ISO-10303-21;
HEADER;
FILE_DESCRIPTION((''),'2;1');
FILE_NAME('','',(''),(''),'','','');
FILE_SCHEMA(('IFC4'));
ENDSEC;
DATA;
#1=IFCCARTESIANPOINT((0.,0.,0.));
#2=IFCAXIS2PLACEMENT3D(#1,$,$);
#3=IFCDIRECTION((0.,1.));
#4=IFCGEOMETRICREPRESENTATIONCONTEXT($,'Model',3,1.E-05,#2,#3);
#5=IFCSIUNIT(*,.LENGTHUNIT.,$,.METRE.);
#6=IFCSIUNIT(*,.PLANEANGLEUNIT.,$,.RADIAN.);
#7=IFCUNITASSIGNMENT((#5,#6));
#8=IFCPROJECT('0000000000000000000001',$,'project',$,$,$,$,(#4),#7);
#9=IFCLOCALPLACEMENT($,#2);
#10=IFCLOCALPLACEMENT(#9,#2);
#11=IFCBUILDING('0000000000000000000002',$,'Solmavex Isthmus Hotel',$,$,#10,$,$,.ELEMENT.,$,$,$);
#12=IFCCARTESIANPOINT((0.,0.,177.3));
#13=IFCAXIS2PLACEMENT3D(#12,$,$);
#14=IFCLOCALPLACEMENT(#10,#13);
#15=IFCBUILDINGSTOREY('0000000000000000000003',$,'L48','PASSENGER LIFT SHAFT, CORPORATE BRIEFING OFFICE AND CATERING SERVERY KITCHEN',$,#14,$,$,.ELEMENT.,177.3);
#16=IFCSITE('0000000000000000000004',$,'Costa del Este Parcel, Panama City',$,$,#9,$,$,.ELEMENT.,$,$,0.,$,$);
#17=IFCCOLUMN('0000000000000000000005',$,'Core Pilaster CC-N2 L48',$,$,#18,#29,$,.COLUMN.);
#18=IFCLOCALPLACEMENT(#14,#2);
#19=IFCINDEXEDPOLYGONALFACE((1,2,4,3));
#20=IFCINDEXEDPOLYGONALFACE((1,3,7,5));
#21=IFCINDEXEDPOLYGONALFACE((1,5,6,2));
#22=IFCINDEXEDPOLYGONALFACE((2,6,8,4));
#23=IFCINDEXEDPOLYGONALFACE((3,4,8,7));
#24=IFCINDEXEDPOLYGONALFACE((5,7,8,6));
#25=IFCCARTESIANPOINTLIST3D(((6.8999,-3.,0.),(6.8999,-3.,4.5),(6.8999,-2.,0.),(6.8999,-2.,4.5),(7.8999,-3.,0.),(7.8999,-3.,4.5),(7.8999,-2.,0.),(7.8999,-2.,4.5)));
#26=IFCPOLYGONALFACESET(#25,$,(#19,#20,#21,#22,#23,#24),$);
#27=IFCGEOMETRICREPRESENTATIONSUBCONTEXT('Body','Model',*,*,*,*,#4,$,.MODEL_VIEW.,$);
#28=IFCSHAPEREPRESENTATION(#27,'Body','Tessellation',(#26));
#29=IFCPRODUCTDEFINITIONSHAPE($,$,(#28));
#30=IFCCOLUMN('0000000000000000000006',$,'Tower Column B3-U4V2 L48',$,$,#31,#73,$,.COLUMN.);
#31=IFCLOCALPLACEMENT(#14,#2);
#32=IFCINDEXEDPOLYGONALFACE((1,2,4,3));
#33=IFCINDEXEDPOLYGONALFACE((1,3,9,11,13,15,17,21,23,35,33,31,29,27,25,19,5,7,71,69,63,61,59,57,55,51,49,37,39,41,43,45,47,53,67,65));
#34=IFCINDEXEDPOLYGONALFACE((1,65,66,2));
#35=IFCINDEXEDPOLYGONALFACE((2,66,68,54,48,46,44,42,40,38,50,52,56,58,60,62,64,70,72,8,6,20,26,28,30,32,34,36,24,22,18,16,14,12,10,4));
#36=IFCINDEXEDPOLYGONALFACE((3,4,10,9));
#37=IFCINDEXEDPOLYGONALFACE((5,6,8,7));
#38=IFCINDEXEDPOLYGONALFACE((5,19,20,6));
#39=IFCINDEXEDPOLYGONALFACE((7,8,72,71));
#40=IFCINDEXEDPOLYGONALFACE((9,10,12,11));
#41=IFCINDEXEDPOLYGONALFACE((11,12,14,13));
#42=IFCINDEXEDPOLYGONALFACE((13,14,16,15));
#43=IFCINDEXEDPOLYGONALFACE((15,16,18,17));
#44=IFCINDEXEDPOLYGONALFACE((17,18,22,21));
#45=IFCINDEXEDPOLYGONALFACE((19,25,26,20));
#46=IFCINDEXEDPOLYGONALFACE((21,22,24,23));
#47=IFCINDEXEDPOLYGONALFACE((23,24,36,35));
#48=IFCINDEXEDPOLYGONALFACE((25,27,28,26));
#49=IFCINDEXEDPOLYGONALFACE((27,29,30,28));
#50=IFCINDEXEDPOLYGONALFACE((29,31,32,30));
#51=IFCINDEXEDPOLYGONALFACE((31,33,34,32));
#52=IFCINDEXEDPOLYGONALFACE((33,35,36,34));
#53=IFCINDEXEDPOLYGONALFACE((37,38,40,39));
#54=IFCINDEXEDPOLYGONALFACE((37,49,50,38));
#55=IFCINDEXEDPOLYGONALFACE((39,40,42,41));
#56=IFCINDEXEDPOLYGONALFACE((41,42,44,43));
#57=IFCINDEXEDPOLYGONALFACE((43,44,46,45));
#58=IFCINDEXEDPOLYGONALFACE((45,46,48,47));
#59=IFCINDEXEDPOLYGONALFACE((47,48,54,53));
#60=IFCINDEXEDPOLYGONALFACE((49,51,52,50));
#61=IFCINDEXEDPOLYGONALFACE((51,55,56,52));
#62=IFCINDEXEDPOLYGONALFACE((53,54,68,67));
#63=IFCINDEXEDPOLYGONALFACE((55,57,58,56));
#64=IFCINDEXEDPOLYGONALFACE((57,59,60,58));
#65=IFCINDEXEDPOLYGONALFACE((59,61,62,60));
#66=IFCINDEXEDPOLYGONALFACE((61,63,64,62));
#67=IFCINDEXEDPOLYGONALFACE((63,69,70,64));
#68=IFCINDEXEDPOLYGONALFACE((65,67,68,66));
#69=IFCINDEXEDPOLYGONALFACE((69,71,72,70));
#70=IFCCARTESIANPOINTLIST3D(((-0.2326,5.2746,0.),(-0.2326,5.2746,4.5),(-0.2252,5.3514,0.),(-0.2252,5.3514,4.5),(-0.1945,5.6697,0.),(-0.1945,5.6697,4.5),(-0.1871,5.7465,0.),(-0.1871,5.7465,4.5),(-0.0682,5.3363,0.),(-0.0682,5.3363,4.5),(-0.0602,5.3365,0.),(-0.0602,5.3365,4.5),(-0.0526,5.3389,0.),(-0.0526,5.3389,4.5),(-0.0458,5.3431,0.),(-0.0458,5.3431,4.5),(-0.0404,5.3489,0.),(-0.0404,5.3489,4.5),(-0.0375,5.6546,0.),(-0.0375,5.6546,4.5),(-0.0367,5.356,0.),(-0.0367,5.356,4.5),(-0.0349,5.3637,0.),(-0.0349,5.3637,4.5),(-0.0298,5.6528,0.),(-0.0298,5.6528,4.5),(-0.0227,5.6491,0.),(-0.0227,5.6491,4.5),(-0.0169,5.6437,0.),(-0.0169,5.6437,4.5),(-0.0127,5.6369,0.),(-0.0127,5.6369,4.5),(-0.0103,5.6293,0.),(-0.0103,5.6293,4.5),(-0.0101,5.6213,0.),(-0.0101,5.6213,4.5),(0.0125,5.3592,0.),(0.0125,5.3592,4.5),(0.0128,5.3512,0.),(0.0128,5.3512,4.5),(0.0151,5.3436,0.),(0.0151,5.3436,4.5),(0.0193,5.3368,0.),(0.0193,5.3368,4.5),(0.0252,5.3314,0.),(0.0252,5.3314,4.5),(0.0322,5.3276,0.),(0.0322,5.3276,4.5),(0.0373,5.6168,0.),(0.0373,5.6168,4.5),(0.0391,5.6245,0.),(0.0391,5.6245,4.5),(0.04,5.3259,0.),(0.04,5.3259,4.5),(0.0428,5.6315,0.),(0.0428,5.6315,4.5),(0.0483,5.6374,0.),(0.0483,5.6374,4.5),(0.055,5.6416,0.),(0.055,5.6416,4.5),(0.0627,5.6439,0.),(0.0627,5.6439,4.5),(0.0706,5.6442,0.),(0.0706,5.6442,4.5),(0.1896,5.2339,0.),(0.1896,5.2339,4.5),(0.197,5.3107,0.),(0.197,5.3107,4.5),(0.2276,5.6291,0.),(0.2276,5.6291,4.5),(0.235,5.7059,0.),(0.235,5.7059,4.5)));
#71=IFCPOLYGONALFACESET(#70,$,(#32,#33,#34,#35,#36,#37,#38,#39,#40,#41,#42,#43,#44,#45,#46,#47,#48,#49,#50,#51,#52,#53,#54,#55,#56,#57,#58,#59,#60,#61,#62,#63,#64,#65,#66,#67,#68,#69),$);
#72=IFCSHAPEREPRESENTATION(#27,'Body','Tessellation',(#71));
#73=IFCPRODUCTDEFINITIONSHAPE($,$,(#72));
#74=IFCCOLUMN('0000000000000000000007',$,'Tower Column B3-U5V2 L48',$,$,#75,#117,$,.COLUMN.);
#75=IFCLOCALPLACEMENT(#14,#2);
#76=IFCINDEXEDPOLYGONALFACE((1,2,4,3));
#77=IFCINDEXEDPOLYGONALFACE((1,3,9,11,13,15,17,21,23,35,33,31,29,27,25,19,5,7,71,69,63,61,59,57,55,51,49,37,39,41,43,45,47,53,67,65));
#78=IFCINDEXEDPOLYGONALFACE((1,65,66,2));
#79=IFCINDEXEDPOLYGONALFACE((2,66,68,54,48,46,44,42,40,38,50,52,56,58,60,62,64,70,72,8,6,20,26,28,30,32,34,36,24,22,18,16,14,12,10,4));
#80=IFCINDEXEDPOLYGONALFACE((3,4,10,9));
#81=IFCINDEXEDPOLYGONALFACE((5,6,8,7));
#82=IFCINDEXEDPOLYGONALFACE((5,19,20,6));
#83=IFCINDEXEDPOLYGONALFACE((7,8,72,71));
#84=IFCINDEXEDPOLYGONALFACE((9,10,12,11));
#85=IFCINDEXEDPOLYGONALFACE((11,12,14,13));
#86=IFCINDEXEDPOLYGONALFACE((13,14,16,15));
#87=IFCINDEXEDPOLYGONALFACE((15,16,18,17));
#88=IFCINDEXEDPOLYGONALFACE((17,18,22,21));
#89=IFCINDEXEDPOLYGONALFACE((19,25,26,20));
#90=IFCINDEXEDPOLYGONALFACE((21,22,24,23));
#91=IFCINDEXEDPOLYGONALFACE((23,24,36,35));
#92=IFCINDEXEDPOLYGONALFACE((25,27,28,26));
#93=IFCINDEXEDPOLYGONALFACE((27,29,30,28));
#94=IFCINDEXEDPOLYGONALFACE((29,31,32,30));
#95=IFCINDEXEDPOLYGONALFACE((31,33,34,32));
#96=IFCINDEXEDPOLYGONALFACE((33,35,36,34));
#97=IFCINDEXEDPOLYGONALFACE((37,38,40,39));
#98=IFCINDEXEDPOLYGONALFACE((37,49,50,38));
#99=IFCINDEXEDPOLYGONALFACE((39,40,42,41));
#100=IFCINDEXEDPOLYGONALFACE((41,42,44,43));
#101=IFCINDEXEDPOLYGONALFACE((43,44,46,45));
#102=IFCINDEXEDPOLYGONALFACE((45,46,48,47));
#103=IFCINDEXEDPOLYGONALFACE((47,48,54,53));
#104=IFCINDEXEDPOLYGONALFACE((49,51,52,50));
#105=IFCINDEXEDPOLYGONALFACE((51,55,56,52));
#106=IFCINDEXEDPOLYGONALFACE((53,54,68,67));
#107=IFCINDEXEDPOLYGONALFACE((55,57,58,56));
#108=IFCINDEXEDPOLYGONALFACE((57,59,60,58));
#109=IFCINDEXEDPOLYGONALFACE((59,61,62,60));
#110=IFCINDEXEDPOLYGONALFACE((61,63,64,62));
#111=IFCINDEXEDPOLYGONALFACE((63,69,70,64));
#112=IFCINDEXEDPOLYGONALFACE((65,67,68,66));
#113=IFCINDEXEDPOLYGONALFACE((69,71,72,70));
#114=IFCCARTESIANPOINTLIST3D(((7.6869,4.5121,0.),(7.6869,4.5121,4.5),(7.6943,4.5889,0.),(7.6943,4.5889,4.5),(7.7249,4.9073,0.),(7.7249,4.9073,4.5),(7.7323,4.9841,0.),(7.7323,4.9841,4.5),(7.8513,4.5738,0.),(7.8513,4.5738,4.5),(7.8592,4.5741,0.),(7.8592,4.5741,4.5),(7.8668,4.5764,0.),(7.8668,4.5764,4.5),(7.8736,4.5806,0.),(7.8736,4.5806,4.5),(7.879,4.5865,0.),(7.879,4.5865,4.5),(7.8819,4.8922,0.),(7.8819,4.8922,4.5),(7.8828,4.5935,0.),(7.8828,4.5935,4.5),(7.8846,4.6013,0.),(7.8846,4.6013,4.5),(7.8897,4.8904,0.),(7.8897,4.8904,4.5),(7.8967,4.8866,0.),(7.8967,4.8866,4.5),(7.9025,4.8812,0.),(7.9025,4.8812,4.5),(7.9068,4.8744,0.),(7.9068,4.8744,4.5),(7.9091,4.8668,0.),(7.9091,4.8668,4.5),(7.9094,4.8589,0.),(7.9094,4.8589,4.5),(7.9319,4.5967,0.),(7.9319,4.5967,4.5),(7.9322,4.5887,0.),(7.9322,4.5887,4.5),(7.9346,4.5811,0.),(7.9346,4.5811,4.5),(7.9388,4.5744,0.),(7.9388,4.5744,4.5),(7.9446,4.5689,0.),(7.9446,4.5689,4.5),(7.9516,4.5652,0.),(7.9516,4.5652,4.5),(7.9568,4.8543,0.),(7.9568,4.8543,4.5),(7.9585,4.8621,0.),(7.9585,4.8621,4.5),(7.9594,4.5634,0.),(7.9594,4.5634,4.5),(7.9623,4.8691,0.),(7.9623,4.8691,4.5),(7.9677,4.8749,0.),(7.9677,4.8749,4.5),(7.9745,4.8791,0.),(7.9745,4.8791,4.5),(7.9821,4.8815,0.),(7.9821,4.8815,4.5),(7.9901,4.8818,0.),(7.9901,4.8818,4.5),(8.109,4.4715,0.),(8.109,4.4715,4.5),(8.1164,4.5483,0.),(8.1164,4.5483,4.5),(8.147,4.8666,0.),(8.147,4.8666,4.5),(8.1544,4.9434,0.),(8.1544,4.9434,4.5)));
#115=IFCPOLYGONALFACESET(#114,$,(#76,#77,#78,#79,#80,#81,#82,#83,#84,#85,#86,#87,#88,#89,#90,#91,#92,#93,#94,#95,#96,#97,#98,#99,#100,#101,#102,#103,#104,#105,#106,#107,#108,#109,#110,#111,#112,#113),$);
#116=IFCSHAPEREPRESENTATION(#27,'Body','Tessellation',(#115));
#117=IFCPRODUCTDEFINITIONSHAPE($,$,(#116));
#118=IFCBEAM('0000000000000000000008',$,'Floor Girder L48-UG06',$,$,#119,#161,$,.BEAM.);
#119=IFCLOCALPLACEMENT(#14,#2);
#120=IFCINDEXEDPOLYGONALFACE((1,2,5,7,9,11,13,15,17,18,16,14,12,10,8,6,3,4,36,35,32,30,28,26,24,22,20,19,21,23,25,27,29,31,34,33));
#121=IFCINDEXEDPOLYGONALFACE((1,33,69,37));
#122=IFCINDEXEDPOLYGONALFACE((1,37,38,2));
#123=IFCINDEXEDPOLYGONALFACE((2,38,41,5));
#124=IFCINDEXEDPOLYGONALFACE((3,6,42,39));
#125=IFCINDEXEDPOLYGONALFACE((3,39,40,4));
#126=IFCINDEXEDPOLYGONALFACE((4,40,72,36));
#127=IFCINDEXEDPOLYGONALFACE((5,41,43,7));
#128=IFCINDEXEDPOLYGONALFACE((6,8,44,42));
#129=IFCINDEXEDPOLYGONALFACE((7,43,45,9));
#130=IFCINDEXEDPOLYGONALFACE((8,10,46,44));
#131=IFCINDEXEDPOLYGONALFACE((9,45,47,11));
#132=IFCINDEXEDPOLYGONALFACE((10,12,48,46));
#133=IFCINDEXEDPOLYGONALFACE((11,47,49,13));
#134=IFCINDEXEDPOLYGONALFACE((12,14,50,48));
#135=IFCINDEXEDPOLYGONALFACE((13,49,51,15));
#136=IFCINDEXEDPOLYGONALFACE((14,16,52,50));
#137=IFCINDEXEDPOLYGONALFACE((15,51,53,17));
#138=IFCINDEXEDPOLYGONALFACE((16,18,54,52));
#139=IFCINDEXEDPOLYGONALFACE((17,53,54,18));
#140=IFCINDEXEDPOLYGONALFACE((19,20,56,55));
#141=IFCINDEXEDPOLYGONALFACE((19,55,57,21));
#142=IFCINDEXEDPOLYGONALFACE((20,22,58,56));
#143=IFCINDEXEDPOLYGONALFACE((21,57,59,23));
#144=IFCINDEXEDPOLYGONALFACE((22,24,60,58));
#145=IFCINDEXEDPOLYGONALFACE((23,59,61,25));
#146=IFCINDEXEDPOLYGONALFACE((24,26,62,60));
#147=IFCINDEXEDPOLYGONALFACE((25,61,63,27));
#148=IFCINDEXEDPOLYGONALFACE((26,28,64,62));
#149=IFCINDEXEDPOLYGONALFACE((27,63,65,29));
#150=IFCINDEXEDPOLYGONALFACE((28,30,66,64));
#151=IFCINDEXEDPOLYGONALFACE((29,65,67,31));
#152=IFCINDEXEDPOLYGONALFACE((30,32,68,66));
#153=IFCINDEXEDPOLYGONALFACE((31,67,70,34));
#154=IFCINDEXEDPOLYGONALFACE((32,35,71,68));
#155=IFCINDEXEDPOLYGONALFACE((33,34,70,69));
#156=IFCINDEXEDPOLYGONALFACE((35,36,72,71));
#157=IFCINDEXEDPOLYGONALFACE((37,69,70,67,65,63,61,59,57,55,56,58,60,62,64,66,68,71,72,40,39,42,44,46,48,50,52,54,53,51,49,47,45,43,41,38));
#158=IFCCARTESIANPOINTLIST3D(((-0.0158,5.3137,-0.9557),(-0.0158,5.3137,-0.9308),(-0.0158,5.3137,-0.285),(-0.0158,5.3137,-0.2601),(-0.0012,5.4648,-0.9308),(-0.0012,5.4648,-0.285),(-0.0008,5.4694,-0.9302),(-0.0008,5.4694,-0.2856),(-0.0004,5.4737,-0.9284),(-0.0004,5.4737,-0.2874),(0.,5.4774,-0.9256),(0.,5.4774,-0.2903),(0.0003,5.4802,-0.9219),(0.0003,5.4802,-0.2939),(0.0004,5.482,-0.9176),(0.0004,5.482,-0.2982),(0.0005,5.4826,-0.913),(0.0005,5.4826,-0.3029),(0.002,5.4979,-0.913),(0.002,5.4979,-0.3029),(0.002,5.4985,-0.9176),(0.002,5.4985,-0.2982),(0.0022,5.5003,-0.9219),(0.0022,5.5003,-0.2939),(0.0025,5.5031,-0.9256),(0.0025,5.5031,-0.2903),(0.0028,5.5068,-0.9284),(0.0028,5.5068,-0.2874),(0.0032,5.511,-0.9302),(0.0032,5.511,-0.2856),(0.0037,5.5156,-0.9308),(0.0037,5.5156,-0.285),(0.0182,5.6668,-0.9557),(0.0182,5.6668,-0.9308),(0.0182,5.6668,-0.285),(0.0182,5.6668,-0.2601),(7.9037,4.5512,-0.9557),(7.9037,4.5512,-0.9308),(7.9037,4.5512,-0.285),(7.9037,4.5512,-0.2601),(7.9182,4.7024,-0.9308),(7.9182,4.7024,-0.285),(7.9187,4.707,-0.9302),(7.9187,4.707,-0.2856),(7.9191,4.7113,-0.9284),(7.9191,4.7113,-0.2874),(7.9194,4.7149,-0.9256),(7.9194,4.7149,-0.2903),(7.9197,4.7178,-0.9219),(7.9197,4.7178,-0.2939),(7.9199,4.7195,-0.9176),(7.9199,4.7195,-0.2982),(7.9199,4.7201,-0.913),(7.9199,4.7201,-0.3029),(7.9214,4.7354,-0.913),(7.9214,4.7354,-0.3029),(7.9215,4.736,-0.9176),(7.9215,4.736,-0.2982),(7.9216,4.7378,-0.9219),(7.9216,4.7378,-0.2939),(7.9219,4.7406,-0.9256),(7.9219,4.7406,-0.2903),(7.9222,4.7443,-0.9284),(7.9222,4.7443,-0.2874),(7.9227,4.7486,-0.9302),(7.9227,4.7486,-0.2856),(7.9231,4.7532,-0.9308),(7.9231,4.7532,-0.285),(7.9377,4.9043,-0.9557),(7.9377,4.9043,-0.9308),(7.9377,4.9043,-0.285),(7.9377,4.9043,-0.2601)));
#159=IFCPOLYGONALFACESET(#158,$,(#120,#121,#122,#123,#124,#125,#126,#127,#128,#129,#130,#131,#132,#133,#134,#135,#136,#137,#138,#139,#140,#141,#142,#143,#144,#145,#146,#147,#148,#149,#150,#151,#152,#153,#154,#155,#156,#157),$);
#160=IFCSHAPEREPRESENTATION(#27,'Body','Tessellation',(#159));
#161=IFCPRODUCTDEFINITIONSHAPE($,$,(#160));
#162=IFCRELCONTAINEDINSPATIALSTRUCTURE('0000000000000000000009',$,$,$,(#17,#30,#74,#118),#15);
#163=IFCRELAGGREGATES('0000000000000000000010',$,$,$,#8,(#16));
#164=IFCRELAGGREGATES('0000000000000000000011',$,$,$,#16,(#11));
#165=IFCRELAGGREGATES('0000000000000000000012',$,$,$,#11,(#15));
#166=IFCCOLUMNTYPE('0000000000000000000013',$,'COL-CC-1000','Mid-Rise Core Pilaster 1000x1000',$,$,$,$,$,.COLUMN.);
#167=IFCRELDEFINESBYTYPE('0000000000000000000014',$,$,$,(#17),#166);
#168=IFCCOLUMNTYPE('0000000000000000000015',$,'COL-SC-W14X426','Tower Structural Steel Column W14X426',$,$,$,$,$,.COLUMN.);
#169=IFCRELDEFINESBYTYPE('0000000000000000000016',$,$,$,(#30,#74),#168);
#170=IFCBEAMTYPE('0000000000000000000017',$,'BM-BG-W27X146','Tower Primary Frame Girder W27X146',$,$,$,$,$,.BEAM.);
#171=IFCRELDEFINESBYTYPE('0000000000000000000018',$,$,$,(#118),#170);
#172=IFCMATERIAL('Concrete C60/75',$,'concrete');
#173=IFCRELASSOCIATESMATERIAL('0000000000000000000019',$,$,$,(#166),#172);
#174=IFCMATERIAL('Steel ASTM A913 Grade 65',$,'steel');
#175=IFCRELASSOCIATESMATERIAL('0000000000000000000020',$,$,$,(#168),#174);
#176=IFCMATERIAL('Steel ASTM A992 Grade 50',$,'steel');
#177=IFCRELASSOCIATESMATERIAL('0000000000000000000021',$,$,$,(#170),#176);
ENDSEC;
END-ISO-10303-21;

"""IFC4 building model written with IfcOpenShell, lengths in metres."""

from ifc_helpers import new_model, si_unit, direction, frame, origin, origin_2d, place, context, subcontext, project, spatial, rectangle, i_section, extrude, material, material_profile, profile_set, type_object, element, save


model = new_model("IFC4")

# Units and contexts
model_context = context("Model", 3, precision=1e-05, world=origin(), true_north=direction((0.0, 1.0)))
body_context = subcontext(model_context, "Body", "Model", "MODEL_VIEW")
ifc_project = project(units=[si_unit("LENGTHUNIT", "METRE"), si_unit("PLANEANGLEUNIT", "RADIAN")], contexts=[model_context])

# Site, building, storey
site_placement = place(None, origin())
site = spatial("IfcSite", under=ifc_project, at=site_placement, Name="Costa del Este Parcel, Panama City", CompositionType="ELEMENT", RefElevation=0.0)
building_placement = place(site_placement, origin())
building = spatial("IfcBuilding", under=site, at=building_placement, Name="Solmavex Isthmus Hotel", CompositionType="ELEMENT")
storey_placement = place(building_placement, frame((0.0, 0.0, 177.3)))
storey = spatial("IfcBuildingStorey", under=building, at=storey_placement, Name="L48", Description="PASSENGER LIFT SHAFT, CORPORATE BRIEFING OFFICE AND CATERING SERVERY KITCHEN", CompositionType="ELEMENT", Elevation=177.3)

# Columns
ifc_material_1 = material(Name="Concrete C60/75", Category="concrete")
ifc_material_profile_1 = material_profile(ifc_material_1, rectangle(XDim=1.0, YDim=1.0, at=origin_2d()), Name="RC1000X1000")
ifc_profile_set_1 = profile_set([ifc_material_profile_1], Name="Concrete C60/75")
column_type_1 = type_object("IfcColumnType", Name="COL-CC-1000", Description="Mid-Rise Core Pilaster 1000x1000", PredefinedType="COLUMN", material=ifc_profile_set_1)
column_placement = place(storey_placement, frame((7.3999, -2.5, 0.0), z_axis=(0.0, 0.0, 1.0), x_axis=(1.0, 0.0, 0.0)))
element("IfcColumn", 1, at=column_placement, inside=storey, type_object=column_type_1, Name="Core Pilaster CC-N2 L48", PredefinedType="COLUMN", context=body_context, shape_type="SweptSolid", body=[
    extrude(rectangle(XDim=1.0, YDim=1.0, at=origin_2d()), origin(), (0.0, 0.0, 1.0), 4.5),
])
ifc_material_2 = material(Name="Steel ASTM A913 Grade 65", Category="steel")
ifc_material_profile_2 = material_profile(ifc_material_2, i_section(OverallWidth=0.4241, OverallDepth=0.4741, WebThickness=0.0476, FlangeThickness=0.0771, FilletRadius=0.0305, at=origin_2d()), Name="W14X426")
ifc_profile_set_2 = profile_set([ifc_material_profile_2], Name="Steel ASTM A913 Grade 65")
column_type_2 = type_object("IfcColumnType", Name="COL-SC-W14X426", Description="Tower Structural Steel Column W14X426", PredefinedType="COLUMN", material=ifc_profile_set_2)
for number, where, z_axis, x_axis, name in (
    (2, (0.0012, 5.4902, 0.0), (0.0, 0.0, 1.0), (0.995396, -0.095846, 0.0), "Tower Column B3-U4V2 L48"),
    (3, (7.9207, 4.7278, 0.0), (0.0, 0.0, 1.0), (0.995396, -0.095846, 0.0), "Tower Column B3-U5V2 L48"),
):
    element("IfcColumn", number, at=place(storey_placement, frame(where, z_axis=z_axis, x_axis=x_axis)), inside=storey, type_object=column_type_2, Name=name, PredefinedType="COLUMN", context=body_context, shape_type="SweptSolid", body=[
        extrude(i_section(OverallWidth=0.4241, OverallDepth=0.4741, WebThickness=0.0476, FlangeThickness=0.0771, FilletRadius=0.0305, at=origin_2d()), origin(), (0.0, 0.0, 1.0), 4.5),
    ])

# Beam
ifc_material_3 = material(Name="Steel ASTM A992 Grade 50", Category="steel")
ifc_material_profile_3 = material_profile(ifc_material_3, i_section(OverallWidth=0.3547, OverallDepth=0.6956, WebThickness=0.0154, FlangeThickness=0.0249, FilletRadius=0.0178, at=origin_2d()), Name="W27X146")
ifc_profile_set_3 = profile_set([ifc_material_profile_3], Name="Steel ASTM A992 Grade 50")
beam_type_1 = type_object("IfcBeamType", Name="BM-BG-W27X146", Description="Tower Primary Frame Girder W27X146", PredefinedType="BEAM", material=ifc_profile_set_3)
for number, where, z_axis, x_axis, name in (
    (4, (0.0012, 5.4902, -0.6079), (0.995397, -0.095833, 0.0), (0.095833, 0.995397, 0.0), "Floor Girder L48-UG06"),
):
    element("IfcBeam", number, at=place(storey_placement, frame(where, z_axis=z_axis, x_axis=x_axis)), inside=storey, type_object=beam_type_1, Name=name, PredefinedType="BEAM", context=body_context, shape_type="SweptSolid", body=[
        extrude(i_section(OverallWidth=0.3547, OverallDepth=0.6956, WebThickness=0.0154, FlangeThickness=0.0249, FilletRadius=0.0178, at=origin_2d()), origin(), (0.0, 0.0, 1.0), 7.9561),
    ])

save(model, "model.ifc")
